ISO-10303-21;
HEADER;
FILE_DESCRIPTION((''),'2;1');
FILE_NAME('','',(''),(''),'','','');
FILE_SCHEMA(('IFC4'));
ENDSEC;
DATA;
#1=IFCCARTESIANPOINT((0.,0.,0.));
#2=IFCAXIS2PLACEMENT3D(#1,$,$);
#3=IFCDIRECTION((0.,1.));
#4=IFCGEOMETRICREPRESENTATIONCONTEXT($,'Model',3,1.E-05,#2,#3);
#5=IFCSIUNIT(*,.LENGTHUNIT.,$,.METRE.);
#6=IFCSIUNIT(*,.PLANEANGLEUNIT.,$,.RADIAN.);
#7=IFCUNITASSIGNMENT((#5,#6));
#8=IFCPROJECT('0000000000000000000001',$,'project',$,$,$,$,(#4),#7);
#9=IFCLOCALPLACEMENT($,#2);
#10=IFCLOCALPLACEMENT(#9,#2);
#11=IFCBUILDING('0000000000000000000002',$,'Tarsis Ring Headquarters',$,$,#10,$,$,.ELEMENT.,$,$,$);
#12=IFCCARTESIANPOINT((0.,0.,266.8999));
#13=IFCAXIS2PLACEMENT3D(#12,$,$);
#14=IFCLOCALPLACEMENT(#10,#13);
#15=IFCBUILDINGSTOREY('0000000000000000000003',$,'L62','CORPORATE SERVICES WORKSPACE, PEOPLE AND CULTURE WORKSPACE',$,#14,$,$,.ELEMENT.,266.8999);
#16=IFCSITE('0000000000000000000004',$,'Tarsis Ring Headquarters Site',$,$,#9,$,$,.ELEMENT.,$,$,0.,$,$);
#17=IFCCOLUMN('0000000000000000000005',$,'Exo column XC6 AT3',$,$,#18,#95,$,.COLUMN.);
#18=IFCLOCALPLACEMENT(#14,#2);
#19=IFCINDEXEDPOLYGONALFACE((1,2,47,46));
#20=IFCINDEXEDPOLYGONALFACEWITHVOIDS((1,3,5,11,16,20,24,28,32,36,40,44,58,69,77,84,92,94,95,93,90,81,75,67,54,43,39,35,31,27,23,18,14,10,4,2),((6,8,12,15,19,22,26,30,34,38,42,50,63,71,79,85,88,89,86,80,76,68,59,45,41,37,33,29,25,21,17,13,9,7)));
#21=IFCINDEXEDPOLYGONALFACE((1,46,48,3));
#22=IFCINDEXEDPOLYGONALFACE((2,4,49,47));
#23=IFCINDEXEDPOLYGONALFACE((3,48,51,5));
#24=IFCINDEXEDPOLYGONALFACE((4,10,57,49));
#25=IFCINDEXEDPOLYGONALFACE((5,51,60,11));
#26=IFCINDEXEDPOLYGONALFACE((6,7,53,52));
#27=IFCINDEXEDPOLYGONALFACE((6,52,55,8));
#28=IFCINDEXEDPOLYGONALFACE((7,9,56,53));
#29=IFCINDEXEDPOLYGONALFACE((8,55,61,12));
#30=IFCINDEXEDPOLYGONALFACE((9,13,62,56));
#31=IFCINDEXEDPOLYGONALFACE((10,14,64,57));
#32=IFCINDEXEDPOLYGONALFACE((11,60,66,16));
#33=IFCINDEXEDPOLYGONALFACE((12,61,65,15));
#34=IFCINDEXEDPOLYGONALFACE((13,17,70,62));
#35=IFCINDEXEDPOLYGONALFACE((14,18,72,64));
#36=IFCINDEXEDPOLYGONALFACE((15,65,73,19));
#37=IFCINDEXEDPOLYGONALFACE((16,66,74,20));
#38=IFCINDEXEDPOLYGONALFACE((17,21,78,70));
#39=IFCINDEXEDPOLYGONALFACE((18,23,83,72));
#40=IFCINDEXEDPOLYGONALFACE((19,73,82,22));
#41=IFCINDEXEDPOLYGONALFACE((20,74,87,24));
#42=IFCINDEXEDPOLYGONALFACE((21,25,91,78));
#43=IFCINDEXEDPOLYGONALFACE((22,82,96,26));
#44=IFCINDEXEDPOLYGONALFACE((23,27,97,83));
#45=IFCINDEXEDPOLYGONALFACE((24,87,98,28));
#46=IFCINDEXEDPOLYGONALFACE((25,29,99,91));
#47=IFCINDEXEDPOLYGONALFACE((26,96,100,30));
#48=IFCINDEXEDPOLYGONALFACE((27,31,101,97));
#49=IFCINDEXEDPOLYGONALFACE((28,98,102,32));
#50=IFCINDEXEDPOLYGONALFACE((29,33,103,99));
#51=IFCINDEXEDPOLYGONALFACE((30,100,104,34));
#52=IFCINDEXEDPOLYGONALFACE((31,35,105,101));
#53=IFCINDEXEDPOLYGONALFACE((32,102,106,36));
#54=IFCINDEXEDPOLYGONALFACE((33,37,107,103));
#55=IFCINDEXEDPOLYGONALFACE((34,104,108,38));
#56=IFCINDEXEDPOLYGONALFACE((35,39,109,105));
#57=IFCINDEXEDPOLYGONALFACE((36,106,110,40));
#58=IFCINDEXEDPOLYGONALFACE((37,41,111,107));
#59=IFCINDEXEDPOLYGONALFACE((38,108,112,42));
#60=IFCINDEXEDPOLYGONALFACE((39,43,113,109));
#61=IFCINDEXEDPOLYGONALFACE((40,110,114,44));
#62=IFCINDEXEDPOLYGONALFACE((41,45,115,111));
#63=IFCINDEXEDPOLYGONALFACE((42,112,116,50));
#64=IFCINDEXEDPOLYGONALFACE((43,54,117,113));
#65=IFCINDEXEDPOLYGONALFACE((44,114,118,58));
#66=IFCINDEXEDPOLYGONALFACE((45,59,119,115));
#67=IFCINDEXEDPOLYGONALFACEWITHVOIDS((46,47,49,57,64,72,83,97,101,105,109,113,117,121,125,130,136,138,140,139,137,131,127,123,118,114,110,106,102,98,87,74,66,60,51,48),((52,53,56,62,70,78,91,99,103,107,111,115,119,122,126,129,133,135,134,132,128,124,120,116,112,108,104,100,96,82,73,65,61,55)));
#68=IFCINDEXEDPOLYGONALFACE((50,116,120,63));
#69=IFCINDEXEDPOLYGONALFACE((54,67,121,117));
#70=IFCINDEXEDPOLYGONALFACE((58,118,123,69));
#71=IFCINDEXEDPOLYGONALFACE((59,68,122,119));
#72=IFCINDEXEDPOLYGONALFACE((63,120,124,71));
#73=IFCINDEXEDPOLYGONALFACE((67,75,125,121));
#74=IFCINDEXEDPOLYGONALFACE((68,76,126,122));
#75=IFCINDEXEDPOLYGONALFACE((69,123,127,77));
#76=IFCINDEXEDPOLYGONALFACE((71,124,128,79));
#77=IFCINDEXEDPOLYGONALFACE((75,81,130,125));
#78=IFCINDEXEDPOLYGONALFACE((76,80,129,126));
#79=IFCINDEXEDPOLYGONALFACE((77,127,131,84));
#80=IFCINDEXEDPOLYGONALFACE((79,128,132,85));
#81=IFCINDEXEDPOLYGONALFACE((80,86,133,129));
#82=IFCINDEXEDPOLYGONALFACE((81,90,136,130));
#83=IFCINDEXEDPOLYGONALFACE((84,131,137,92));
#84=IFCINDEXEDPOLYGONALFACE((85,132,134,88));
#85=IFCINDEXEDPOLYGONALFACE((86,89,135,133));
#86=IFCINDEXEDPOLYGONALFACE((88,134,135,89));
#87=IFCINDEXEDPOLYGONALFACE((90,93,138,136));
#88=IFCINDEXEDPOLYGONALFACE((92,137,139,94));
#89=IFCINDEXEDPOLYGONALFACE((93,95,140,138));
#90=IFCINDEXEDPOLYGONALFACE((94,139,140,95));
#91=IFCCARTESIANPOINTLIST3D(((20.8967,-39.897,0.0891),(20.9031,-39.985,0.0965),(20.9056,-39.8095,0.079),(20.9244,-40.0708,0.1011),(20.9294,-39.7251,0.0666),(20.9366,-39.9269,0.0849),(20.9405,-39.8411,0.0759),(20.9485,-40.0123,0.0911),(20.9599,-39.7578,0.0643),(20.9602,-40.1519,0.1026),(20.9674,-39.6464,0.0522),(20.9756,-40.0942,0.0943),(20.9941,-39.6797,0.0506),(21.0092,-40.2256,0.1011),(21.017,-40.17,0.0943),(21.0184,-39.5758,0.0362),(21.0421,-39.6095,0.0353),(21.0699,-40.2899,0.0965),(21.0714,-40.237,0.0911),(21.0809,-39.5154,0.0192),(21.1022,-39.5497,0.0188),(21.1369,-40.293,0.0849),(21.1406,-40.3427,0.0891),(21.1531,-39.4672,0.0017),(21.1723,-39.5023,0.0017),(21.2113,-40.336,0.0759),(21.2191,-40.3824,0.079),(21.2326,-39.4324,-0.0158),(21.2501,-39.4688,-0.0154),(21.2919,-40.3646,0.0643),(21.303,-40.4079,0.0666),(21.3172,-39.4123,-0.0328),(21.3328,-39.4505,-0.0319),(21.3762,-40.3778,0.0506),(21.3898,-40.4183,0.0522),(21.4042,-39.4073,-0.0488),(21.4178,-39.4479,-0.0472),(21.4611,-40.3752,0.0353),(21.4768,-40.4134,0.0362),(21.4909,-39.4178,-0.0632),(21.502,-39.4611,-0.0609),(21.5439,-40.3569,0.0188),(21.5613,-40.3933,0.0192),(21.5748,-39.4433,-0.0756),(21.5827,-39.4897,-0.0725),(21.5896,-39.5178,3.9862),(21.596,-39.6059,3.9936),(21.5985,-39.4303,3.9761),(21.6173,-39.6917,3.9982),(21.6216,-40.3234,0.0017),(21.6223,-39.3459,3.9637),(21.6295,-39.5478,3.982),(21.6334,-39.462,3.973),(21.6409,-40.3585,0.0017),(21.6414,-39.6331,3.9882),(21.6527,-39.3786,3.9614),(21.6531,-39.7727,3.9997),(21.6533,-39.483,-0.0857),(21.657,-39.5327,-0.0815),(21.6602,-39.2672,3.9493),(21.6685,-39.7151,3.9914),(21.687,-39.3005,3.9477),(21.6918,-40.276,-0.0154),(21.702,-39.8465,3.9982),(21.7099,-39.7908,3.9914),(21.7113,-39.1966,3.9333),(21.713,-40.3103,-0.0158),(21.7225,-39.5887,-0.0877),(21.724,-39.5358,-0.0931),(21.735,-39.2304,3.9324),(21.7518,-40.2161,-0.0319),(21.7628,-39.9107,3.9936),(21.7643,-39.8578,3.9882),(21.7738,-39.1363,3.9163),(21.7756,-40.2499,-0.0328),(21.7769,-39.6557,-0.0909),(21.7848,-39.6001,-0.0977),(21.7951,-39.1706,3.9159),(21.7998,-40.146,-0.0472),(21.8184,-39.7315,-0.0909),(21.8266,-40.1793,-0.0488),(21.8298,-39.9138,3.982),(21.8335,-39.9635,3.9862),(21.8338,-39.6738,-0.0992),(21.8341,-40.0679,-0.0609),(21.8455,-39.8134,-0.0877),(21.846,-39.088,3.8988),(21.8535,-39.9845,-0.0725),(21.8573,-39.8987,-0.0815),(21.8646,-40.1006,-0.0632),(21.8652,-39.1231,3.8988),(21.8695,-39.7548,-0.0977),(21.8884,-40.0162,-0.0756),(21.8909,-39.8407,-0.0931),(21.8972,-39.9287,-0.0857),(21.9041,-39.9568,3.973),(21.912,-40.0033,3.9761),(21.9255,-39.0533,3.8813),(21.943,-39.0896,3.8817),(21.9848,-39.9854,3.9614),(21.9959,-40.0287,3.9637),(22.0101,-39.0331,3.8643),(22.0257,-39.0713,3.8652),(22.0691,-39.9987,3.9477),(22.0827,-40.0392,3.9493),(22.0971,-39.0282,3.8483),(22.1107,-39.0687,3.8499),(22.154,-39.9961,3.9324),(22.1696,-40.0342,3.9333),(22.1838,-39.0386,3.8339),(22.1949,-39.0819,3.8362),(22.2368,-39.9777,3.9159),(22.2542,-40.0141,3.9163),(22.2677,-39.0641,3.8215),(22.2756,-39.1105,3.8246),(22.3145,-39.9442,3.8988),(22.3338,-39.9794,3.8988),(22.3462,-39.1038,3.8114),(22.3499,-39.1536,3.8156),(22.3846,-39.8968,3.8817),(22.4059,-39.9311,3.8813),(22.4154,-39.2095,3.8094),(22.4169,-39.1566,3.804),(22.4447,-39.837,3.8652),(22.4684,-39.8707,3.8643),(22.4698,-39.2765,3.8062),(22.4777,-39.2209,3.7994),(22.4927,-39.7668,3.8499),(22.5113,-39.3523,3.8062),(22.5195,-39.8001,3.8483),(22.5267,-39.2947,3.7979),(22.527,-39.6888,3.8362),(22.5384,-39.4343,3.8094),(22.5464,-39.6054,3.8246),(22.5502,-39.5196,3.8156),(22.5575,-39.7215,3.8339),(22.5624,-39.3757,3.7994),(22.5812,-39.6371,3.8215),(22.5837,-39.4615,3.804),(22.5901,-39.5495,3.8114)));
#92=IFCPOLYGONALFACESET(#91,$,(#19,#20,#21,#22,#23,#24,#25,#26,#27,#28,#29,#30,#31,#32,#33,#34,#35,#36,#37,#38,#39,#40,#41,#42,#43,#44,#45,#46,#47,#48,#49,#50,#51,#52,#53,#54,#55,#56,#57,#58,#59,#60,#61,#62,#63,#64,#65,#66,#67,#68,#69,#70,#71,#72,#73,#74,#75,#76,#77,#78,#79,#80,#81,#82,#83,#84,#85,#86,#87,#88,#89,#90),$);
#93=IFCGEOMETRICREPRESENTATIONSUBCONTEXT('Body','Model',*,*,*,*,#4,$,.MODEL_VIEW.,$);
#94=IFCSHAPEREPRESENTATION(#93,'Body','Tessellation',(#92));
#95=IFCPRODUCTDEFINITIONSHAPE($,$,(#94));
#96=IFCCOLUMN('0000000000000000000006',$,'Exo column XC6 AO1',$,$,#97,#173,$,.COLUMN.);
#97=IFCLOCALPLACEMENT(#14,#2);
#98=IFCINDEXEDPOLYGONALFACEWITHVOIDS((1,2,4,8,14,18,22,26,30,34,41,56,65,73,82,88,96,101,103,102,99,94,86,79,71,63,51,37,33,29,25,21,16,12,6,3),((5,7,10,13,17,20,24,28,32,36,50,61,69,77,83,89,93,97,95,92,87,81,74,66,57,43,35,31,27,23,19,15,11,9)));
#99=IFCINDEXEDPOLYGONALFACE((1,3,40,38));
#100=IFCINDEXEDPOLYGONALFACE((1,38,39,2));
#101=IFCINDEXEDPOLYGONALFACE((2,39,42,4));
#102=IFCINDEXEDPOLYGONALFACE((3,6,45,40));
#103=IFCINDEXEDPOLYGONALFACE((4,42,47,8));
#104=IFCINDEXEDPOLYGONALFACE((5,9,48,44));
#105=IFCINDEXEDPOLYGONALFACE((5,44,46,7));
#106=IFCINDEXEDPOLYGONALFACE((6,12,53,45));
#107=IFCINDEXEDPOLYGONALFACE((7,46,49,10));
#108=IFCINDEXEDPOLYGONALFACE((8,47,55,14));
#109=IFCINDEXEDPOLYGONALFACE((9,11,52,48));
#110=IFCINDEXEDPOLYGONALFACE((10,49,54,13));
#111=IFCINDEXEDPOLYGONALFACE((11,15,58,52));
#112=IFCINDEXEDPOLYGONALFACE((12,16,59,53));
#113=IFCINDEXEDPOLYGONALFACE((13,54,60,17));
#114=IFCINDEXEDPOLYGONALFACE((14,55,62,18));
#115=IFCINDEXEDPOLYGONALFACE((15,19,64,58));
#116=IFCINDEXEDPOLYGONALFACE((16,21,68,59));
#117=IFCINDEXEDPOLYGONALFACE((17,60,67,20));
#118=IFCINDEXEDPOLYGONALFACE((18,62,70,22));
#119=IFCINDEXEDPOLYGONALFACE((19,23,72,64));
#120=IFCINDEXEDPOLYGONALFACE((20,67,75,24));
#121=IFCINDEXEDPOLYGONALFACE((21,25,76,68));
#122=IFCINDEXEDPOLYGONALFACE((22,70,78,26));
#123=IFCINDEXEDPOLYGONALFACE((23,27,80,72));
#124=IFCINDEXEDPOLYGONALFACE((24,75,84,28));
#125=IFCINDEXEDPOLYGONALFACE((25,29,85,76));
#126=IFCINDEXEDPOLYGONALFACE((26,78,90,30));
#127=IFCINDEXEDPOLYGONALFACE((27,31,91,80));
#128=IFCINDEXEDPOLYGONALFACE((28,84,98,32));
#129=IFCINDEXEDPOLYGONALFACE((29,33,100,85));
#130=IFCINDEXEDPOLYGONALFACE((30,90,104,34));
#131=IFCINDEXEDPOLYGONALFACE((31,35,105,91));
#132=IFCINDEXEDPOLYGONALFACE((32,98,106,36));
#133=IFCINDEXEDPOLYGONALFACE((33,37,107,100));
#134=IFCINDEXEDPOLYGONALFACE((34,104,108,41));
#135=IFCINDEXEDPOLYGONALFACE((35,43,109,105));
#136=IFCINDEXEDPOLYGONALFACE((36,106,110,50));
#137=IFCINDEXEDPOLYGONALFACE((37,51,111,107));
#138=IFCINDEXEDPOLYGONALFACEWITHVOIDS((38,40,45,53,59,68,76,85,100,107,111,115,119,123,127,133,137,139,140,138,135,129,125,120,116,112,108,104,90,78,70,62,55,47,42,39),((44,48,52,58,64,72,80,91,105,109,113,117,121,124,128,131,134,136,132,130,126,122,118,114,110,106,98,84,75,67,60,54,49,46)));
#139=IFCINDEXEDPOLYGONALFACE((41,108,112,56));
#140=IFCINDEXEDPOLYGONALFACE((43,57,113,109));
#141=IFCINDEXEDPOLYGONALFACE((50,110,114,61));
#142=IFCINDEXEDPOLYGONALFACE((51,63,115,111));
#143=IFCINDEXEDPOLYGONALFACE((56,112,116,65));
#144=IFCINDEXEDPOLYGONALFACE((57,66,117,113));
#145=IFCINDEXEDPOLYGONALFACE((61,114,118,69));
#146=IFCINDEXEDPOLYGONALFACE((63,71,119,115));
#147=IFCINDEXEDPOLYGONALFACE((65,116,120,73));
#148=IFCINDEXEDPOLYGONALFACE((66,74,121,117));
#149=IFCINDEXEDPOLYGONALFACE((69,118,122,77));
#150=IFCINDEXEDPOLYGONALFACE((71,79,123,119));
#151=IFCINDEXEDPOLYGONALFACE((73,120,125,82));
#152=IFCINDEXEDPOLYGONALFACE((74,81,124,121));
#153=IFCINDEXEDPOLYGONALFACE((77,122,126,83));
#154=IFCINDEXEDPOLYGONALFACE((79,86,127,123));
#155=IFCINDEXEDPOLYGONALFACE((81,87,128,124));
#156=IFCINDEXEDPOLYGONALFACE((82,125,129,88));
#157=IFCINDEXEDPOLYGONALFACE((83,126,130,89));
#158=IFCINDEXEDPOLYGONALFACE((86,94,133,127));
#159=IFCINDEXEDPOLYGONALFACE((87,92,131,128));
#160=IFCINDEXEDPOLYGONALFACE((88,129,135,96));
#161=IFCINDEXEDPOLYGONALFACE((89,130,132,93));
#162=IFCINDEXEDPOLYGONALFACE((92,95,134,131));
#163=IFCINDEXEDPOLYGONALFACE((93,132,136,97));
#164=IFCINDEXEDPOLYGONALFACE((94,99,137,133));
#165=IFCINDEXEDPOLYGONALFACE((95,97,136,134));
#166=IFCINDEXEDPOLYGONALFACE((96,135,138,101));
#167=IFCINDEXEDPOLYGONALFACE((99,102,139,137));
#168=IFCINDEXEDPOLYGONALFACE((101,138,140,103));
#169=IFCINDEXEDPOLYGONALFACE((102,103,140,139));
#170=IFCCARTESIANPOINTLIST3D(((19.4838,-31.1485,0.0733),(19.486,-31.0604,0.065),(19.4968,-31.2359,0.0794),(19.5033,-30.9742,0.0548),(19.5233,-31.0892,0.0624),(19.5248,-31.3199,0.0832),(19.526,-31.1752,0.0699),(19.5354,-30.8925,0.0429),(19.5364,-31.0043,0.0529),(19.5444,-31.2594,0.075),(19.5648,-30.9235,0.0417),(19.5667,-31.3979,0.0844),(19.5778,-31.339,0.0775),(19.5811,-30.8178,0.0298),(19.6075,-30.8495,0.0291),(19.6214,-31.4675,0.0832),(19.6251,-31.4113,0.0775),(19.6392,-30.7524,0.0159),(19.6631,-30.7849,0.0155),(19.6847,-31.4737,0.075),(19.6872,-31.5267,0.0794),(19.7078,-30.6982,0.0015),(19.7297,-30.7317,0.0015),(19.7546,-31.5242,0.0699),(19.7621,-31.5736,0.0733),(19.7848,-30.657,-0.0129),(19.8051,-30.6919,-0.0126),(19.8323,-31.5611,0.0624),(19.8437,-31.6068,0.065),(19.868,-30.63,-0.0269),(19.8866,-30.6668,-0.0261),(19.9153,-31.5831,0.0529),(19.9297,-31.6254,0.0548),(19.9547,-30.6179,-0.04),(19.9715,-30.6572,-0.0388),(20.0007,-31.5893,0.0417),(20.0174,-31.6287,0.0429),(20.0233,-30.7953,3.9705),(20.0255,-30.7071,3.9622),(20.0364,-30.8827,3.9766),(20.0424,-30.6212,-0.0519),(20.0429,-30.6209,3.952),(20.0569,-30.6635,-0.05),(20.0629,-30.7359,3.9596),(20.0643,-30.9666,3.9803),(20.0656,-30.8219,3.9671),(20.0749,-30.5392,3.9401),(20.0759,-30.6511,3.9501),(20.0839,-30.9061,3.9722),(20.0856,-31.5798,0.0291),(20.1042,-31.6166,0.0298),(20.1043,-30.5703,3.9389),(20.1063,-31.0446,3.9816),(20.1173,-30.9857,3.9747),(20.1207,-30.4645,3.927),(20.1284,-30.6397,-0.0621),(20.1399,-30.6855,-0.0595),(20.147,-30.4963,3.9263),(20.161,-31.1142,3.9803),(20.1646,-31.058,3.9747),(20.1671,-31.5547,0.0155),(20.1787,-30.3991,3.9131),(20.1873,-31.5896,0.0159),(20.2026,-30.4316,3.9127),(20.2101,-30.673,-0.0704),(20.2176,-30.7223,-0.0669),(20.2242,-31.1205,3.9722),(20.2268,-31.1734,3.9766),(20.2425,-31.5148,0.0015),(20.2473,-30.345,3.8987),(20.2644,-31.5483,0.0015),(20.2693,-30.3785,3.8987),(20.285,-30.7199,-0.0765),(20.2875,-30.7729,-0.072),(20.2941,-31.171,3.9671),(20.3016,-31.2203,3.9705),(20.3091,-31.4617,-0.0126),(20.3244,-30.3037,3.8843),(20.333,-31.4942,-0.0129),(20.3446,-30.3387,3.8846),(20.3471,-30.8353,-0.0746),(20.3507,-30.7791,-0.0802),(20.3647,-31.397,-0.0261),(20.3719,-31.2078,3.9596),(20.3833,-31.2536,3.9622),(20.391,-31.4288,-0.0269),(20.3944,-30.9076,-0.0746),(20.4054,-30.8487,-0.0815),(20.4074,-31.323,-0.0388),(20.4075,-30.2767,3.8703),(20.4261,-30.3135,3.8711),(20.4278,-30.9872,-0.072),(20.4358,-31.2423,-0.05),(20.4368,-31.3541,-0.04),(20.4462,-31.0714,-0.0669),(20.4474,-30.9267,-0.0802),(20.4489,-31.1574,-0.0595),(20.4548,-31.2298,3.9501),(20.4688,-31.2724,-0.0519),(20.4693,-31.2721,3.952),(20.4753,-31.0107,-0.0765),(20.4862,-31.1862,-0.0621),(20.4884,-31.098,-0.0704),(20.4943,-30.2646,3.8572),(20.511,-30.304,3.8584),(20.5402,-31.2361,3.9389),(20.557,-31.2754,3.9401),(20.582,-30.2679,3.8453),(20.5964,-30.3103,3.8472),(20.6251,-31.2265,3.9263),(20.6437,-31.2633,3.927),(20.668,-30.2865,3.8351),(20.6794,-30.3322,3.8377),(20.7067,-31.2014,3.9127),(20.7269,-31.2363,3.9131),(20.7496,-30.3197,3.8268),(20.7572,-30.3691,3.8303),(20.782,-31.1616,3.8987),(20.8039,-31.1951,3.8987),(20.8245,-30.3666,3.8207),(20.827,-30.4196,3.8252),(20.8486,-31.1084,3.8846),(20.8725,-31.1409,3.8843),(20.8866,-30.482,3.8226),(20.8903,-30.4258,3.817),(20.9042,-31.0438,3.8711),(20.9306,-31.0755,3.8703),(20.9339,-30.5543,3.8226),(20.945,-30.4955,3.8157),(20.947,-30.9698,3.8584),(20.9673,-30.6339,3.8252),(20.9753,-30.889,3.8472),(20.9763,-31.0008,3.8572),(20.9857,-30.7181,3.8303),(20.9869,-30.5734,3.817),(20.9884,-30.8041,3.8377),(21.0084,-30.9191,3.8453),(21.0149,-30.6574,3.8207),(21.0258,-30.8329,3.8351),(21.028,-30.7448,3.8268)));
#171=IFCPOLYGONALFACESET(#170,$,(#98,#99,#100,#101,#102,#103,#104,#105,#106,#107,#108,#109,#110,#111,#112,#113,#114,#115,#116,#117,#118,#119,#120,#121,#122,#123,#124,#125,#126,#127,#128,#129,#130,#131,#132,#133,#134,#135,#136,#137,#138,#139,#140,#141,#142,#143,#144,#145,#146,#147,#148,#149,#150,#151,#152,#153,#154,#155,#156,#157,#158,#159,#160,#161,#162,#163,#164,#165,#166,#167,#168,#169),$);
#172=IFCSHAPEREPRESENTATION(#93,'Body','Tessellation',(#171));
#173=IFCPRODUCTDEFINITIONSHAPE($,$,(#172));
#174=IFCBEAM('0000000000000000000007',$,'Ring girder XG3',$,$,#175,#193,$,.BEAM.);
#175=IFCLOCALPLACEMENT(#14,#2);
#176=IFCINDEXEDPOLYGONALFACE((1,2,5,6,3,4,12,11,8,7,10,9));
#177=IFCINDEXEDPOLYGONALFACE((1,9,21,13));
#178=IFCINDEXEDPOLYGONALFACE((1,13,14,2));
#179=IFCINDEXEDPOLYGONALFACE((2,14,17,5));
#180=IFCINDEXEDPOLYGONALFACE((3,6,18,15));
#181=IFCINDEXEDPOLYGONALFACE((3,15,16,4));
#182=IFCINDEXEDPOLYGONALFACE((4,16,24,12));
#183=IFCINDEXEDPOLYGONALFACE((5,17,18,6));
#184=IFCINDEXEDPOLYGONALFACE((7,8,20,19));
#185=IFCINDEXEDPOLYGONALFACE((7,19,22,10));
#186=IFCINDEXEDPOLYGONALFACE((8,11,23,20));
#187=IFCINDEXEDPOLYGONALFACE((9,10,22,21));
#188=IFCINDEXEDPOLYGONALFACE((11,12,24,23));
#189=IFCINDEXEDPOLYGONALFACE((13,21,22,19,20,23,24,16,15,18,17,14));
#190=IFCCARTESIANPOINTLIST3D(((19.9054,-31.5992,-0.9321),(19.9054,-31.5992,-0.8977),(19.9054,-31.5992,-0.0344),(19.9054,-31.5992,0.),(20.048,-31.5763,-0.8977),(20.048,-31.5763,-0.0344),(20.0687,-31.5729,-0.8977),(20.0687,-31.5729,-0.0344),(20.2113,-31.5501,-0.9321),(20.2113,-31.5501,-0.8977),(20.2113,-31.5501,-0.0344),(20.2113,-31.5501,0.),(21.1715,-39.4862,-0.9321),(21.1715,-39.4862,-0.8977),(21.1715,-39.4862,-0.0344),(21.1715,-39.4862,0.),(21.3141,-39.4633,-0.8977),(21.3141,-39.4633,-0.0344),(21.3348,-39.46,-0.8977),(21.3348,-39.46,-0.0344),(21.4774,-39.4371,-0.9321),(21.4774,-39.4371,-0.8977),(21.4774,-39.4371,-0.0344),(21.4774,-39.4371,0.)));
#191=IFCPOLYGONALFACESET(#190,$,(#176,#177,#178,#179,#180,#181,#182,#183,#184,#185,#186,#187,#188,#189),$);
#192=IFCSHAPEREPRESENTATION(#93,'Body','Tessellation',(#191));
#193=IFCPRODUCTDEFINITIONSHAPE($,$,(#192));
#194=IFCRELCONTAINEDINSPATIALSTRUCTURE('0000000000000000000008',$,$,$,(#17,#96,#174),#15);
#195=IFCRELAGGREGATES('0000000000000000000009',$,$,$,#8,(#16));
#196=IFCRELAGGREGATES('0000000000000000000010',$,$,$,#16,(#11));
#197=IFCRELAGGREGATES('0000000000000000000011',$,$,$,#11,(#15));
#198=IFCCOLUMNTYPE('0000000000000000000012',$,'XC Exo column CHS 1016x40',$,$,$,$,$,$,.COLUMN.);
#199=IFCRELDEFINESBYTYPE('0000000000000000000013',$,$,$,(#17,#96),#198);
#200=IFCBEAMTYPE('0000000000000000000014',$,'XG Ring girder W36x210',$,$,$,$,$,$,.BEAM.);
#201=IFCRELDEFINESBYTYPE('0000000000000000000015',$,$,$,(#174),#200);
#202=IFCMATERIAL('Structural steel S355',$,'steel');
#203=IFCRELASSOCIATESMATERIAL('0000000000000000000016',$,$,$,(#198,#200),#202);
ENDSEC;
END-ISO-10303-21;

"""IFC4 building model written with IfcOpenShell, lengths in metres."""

from ifc_helpers import new_model, si_unit, direction, frame, origin, origin_2d, place, context, subcontext, project, spatial, hollow_circle, i_section, extrude, material, material_profile, profile_set, type_object, element, save


model = new_model("IFC4")

# Units and contexts
model_context = context("Model", 3, precision=1e-05, world=origin(), true_north=direction((0.0, 1.0)))
body_context = subcontext(model_context, "Body", "Model", "MODEL_VIEW")
ifc_project = project(units=[si_unit("LENGTHUNIT", "METRE"), si_unit("PLANEANGLEUNIT", "RADIAN")], contexts=[model_context])

# Site, building, storey
site_placement = place(None, origin())
site = spatial("IfcSite", under=ifc_project, at=site_placement, Name="Tarsis Ring Headquarters Site", CompositionType="ELEMENT", RefElevation=0.0)
building_placement = place(site_placement, origin())
building = spatial("IfcBuilding", under=site, at=building_placement, Name="Tarsis Ring Headquarters", CompositionType="ELEMENT")
storey_placement = place(building_placement, frame((0.0, 0.0, 266.8999)))
storey = spatial("IfcBuildingStorey", under=building, at=storey_placement, Name="L62", Description="CORPORATE SERVICES WORKSPACE, PEOPLE AND CULTURE WORKSPACE", CompositionType="ELEMENT", Elevation=266.8999)

# Columns
ifc_material_1 = material(Name="Structural steel S355", Category="steel")
ifc_material_profile_1 = material_profile(ifc_material_1, hollow_circle(Radius=0.5081, WallThickness=0.04, at=origin_2d()), Name="CHS 1016x40")
ifc_profile_set_1 = profile_set([ifc_material_profile_1], Name="Structural steel S355")
column_type = type_object("IfcColumnType", Name="XC Exo column CHS 1016x40", PredefinedType="COLUMN", material=ifc_profile_set_1)
column_1_placement = place(storey_placement, frame((21.397, -39.9128, 0.0017), z_axis=(0.174254, 0.095355, 0.980073), x_axis=(-0.480043, 0.877245, 0.0)))
element("IfcColumn", 1, at=column_1_placement, inside=storey, type_object=column_type, Name="Exo column XC6 AT3", PredefinedType="COLUMN", context=body_context, shape_type="SweptSolid", body=[
    extrude(hollow_circle(Radius=0.5081, WallThickness=0.04, at=origin_2d()), origin(), (0.0, 0.0, 1.0), 3.9763),
])
column_2_placement = place(storey_placement, frame((19.9861, -31.1233, 0.0015), z_axis=(0.136588, 0.089431, 0.986583), x_axis=(-0.54778, 0.836623, 0.0)))
element("IfcColumn", 2, at=column_2_placement, inside=storey, type_object=column_type, Name="Exo column XC6 AO1", PredefinedType="COLUMN", context=body_context, shape_type="SweptSolid", body=[
    extrude(hollow_circle(Radius=0.5081, WallThickness=0.04, at=origin_2d()), origin(), (0.0, 0.0, 1.0), 3.9502),
])

# Beam
ifc_material_profile_2 = material_profile(ifc_material_1, i_section(OverallWidth=0.3098, OverallDepth=0.9321, WebThickness=0.021, FlangeThickness=0.0344, at=origin_2d()), Name="W36x210")
ifc_profile_set_2 = profile_set([ifc_material_profile_2], Name="Structural steel S355")
beam_type = type_object("IfcBeamType", Name="XG Ring girder W36x210", PredefinedType="BEAM", material=ifc_profile_set_2)
beam_1_placement = place(storey_placement, frame((21.3245, -39.4617, -0.4661), z_axis=(-0.158503, 0.987358, 0.0), x_axis=(-0.987358, -0.158503, 0.0)))
element("IfcBeam", 3, at=beam_1_placement, inside=storey, type_object=beam_type, Name="Ring girder XG3", PredefinedType="BEAM", context=body_context, shape_type="SweptSolid", body=[
    extrude(i_section(OverallWidth=0.3098, OverallDepth=0.9321, WebThickness=0.021, FlangeThickness=0.0344, at=origin_2d()), origin(), (0.0, 0.0, 1.0), 7.988),
])

save(model, "model.ifc")
